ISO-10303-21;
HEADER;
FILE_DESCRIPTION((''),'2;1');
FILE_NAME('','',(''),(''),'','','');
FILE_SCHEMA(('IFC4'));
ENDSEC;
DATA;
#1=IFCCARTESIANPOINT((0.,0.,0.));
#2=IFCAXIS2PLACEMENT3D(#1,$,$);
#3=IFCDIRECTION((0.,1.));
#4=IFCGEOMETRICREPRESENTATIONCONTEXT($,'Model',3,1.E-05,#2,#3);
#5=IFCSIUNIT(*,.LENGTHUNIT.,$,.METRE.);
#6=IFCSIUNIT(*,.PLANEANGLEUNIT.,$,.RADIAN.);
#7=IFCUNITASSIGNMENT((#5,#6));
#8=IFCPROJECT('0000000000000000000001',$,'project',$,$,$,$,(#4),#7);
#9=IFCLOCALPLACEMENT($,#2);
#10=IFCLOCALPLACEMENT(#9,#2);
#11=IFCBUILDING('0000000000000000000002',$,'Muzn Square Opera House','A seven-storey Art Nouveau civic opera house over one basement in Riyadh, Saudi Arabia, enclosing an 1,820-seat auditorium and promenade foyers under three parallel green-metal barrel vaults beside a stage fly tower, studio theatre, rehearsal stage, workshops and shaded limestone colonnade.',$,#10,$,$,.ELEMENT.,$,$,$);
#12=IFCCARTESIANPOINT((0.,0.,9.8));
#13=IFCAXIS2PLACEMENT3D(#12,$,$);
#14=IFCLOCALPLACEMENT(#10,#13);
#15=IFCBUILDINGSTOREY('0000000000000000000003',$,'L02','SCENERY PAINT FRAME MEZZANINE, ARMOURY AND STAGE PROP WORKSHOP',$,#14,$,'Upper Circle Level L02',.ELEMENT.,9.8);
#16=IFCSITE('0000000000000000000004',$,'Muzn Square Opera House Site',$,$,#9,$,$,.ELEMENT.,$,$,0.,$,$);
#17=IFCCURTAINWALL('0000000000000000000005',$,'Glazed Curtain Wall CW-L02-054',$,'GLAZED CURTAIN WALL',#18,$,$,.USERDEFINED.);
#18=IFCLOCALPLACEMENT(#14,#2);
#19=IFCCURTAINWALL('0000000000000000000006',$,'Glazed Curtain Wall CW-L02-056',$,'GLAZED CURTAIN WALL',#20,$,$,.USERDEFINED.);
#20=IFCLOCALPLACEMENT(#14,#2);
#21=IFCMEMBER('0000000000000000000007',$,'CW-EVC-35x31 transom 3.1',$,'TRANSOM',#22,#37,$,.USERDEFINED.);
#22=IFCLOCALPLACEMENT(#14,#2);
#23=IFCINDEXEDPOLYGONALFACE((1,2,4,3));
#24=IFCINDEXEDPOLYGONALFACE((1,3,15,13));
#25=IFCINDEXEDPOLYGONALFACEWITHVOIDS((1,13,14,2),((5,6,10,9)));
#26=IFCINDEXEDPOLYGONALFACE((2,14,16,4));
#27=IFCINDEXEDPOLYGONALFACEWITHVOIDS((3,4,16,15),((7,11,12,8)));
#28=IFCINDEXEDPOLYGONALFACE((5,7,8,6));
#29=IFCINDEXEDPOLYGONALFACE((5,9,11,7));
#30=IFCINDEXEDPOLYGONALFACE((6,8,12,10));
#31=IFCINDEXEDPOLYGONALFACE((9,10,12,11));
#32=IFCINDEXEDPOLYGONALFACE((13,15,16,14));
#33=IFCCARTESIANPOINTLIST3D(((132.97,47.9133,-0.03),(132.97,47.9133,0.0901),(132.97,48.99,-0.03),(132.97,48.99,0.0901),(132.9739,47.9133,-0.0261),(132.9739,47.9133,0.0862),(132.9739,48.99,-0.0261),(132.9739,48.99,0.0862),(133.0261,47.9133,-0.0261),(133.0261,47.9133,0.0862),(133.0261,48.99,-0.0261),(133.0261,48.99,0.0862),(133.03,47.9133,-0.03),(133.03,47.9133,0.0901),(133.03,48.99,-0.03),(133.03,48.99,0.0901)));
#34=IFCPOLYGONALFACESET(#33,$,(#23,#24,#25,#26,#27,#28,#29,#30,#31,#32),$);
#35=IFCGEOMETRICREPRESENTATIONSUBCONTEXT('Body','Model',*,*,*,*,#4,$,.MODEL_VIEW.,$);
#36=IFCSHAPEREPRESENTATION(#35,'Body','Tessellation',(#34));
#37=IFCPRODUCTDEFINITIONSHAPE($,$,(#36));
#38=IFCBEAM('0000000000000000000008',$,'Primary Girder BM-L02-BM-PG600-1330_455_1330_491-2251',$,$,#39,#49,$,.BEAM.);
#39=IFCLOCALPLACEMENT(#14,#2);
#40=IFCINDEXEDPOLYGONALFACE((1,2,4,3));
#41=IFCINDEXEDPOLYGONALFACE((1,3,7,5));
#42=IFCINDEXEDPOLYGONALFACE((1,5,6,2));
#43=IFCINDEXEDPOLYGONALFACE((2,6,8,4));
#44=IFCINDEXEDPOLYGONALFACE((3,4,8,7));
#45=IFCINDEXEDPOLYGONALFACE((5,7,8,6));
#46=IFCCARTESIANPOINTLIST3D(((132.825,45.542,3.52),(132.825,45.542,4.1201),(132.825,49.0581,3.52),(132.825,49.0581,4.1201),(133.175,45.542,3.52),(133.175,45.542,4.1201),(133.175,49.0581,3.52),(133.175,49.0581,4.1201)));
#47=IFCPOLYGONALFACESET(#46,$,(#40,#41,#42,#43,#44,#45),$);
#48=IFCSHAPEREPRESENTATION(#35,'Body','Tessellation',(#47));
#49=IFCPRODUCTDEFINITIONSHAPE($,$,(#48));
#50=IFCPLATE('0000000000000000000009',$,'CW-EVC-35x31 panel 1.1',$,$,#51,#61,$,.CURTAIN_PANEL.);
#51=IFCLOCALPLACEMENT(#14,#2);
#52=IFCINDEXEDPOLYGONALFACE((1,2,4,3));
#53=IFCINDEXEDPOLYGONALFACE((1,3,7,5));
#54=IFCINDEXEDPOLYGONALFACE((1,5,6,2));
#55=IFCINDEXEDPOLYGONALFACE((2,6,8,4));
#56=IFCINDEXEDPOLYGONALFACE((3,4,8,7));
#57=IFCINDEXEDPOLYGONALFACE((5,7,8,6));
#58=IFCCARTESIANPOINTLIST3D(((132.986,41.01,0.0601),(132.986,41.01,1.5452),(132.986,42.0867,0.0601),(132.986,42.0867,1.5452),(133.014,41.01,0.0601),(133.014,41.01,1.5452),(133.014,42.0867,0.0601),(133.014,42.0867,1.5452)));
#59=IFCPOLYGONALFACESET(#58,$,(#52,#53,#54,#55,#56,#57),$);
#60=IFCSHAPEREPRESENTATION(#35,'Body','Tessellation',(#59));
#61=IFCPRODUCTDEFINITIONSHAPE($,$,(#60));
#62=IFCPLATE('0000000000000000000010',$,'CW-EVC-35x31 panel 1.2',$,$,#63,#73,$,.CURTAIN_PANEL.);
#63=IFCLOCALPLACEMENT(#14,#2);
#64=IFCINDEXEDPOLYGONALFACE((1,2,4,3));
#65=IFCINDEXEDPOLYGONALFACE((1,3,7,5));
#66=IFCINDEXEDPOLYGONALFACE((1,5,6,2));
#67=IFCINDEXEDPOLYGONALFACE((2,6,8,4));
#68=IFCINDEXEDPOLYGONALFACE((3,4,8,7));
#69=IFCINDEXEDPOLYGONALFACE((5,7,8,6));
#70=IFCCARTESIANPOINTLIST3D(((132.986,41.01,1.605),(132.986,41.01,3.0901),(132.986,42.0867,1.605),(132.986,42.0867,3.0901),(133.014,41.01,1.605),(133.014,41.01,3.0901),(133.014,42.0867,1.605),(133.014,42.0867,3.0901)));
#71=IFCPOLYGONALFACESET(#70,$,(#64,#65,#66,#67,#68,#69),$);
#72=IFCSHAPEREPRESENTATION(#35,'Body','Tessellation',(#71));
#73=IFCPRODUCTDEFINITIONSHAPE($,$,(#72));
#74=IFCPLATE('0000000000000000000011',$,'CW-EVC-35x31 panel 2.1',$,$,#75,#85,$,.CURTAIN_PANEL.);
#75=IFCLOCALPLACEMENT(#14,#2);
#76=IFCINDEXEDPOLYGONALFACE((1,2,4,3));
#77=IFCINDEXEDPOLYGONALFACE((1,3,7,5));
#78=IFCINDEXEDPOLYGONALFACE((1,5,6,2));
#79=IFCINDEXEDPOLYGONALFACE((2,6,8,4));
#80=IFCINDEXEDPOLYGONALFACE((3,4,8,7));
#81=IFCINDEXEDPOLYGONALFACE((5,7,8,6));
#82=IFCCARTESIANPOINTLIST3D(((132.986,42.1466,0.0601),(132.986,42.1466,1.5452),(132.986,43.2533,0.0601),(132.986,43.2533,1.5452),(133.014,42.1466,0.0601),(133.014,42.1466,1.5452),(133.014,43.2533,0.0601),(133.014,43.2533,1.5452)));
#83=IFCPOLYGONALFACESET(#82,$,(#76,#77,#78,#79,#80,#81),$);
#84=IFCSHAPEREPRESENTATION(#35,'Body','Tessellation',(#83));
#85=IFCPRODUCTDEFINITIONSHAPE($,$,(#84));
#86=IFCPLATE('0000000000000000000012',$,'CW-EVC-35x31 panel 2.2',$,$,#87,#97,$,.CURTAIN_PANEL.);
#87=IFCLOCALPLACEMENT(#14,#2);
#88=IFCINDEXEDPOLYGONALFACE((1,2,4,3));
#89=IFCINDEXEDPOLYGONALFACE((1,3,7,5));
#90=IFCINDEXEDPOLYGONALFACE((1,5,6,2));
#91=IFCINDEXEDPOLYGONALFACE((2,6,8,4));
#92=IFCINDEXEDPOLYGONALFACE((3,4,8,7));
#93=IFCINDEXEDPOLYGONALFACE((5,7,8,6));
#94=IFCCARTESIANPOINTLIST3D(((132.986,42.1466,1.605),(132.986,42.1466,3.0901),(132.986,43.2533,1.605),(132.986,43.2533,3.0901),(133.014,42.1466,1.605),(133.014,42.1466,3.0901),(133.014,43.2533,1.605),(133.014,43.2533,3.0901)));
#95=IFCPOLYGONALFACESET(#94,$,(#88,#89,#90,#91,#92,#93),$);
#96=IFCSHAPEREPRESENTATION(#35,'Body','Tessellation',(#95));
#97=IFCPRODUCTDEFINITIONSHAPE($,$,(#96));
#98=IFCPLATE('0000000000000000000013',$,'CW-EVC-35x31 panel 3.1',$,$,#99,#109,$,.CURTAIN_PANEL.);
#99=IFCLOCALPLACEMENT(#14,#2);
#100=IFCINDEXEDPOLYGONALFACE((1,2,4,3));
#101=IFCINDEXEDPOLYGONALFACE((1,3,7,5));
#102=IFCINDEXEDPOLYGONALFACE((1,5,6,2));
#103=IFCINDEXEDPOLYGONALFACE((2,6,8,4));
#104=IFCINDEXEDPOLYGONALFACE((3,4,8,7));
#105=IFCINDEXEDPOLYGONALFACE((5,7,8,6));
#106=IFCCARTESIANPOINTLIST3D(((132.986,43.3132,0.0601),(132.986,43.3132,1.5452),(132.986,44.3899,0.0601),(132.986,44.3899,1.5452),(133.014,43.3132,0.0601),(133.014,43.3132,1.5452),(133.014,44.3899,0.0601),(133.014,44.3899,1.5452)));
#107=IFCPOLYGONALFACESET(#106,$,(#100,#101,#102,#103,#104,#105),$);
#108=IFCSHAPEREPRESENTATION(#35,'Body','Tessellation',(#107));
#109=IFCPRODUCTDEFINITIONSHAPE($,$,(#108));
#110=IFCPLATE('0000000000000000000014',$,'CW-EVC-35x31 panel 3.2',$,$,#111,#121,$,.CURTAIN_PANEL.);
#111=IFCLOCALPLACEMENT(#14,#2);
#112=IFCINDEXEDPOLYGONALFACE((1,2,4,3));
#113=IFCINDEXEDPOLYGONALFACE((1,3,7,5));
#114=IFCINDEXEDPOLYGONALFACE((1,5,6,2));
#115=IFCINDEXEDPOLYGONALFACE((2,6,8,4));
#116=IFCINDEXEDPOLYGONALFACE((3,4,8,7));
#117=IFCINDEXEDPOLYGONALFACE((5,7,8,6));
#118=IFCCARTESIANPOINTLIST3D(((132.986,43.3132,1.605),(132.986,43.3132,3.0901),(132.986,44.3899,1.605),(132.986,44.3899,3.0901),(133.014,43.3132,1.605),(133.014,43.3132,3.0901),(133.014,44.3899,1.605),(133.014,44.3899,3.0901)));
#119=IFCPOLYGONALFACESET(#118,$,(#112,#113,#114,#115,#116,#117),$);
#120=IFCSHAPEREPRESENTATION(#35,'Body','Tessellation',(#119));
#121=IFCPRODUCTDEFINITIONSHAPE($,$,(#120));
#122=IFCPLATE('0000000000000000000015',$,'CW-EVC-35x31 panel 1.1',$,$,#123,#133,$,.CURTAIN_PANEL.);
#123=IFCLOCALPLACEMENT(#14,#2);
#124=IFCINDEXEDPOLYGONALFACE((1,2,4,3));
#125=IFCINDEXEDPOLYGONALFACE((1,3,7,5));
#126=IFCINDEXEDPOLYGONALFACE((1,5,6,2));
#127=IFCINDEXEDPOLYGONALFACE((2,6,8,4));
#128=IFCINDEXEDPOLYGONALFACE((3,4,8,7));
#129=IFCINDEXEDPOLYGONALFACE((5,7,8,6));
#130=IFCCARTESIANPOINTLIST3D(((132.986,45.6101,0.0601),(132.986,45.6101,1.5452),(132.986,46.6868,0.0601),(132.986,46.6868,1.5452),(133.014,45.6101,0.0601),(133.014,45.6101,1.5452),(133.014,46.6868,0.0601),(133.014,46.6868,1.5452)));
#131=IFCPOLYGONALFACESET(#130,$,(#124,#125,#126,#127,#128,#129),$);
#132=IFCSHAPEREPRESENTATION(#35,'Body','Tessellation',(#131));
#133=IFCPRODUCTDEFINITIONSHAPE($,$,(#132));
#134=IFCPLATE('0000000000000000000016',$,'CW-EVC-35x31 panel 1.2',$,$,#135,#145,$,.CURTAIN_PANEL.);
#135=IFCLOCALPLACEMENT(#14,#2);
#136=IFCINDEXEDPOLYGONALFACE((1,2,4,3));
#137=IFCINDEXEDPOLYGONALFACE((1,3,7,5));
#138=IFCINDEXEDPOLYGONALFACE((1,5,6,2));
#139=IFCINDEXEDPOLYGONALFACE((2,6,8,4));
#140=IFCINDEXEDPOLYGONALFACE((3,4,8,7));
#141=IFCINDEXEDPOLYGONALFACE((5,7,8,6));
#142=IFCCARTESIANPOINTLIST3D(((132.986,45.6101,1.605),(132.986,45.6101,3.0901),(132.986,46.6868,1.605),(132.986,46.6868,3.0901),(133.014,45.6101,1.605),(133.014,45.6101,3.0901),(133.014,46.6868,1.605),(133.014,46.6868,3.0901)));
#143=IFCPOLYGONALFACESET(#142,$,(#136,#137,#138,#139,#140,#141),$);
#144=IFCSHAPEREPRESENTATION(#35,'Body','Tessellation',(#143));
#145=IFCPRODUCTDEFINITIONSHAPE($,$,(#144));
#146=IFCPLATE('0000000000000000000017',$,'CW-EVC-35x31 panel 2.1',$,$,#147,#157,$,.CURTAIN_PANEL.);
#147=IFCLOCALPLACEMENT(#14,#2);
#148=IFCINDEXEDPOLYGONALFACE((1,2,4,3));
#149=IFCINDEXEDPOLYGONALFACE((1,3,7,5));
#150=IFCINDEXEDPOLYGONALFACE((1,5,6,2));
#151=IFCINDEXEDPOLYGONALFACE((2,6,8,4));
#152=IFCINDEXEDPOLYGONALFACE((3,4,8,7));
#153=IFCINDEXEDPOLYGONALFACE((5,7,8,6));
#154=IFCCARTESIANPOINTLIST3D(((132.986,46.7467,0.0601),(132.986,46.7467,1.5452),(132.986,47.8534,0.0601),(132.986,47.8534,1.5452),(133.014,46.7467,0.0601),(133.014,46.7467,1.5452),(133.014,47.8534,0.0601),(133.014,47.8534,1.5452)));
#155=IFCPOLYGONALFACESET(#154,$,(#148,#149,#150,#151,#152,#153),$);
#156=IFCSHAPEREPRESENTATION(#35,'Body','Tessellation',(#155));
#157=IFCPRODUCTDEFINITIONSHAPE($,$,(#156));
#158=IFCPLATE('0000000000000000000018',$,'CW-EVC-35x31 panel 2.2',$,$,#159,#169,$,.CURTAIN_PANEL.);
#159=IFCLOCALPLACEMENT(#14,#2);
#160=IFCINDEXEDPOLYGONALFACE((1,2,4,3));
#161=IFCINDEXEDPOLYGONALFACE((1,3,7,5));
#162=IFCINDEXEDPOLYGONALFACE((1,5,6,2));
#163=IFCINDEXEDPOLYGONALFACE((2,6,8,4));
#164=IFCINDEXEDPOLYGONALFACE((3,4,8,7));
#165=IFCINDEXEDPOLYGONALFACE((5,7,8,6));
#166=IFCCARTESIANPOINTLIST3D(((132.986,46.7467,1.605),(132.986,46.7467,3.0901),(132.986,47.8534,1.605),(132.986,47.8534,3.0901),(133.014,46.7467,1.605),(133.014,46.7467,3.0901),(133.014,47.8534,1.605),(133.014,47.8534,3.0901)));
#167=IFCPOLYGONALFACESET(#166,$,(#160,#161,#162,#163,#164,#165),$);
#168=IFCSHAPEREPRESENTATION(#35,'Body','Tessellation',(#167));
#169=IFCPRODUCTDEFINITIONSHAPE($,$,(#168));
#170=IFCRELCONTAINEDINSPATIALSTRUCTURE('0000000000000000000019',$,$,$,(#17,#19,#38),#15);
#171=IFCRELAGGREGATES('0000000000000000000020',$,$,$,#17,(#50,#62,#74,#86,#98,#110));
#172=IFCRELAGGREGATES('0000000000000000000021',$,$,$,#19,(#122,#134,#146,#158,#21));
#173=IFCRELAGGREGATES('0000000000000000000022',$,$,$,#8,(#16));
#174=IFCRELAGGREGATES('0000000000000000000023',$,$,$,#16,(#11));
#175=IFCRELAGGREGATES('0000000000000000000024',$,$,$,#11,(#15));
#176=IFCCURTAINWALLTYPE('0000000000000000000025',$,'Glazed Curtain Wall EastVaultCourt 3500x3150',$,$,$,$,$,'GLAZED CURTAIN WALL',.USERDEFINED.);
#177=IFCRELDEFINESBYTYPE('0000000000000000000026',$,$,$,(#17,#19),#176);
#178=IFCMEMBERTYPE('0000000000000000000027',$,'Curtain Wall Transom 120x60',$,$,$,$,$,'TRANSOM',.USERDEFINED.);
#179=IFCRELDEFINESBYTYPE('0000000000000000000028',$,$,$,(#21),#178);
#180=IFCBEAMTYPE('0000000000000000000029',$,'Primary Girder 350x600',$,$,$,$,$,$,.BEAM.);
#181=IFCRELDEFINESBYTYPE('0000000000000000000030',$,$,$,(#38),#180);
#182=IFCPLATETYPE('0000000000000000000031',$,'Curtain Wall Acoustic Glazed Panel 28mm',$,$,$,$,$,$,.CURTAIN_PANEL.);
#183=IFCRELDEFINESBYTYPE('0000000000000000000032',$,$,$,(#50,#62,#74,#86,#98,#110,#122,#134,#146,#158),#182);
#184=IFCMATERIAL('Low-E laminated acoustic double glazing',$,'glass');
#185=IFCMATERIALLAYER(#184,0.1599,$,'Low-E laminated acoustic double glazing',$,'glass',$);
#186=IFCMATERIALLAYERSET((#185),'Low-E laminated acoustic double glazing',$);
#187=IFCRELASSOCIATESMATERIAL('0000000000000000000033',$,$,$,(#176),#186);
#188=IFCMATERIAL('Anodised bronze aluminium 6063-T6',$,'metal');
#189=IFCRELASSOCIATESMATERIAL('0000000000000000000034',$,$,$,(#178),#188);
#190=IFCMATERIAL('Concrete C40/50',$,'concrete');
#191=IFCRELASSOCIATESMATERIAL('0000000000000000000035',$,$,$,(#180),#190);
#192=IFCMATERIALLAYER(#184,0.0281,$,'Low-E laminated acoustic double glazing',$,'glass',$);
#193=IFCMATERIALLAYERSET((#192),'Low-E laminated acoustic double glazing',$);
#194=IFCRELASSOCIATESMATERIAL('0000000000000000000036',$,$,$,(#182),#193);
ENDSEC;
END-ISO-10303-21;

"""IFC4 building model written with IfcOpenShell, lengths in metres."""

from ifc_helpers import new_model, si_unit, direction, frame, origin, origin_2d, place, context, subcontext, project, spatial, rectangle, hollow_rectangle, extrude, material, layer, layer_set, material_profile, profile_set, type_object, element, aggregate, save


model = new_model("IFC4")

# Units and contexts
model_context = context("Model", 3, precision=1e-05, world=origin(), true_north=direction((0.0, 1.0)))
body_context = subcontext(model_context, "Body", "Model", "MODEL_VIEW")
ifc_project = project(units=[si_unit("LENGTHUNIT", "METRE"), si_unit("PLANEANGLEUNIT", "RADIAN")], contexts=[model_context])

# Site, building, storey
site_placement = place(None, origin())
site = spatial("IfcSite", under=ifc_project, at=site_placement, Name="Muzn Square Opera House Site", CompositionType="ELEMENT", RefElevation=0.0)
building_placement = place(site_placement, origin())
building = spatial("IfcBuilding", under=site, at=building_placement, Name="Muzn Square Opera House", Description="A seven-storey Art Nouveau civic opera house over one basement in Riyadh, Saudi Arabia, enclosing an 1,820-seat auditorium and promenade foyers under three parallel green-metal barrel vaults beside a stage fly tower, studio theatre, rehearsal stage, workshops and shaded limestone colonnade.", CompositionType="ELEMENT")
storey_placement = place(building_placement, frame((0.0, 0.0, 9.8)))
storey = spatial("IfcBuildingStorey", under=building, at=storey_placement, Name="L02", Description="SCENERY PAINT FRAME MEZZANINE, ARMOURY AND STAGE PROP WORKSHOP", LongName="Upper Circle Level L02", CompositionType="ELEMENT", Elevation=9.8)

# Curtain walls
ifc_material_1 = material(Name="Low-E laminated acoustic double glazing", Category="glass")
ifc_layer_1 = layer(ifc_material_1, 0.1599, Name="Low-E laminated acoustic double glazing", Category="glass")
ifc_layer_set_1 = layer_set([ifc_layer_1], Name="Low-E laminated acoustic double glazing")
curtain_wall_type = type_object("IfcCurtainWallType", Name="Glazed Curtain Wall EastVaultCourt 3500x3150", ElementType="GLAZED CURTAIN WALL", PredefinedType="USERDEFINED", material=ifc_layer_set_1)
curtain_wall_1_placement = place(storey_placement, origin())
curtain_wall_1 = element("IfcCurtainWall", 1, at=curtain_wall_1_placement, inside=storey, type_object=curtain_wall_type, Name="Glazed Curtain Wall CW-L02-054", ObjectType="GLAZED CURTAIN WALL", PredefinedType="USERDEFINED")
ifc_material_2 = material(Name="Anodised bronze aluminium 6063-T6", Category="metal")
curtain_wall_2_placement = place(storey_placement, origin())
curtain_wall_2 = element("IfcCurtainWall", 2, at=curtain_wall_2_placement, inside=storey, type_object=curtain_wall_type, Name="Glazed Curtain Wall CW-L02-056", ObjectType="GLAZED CURTAIN WALL", PredefinedType="USERDEFINED")

# Member
ifc_material_profile_1 = material_profile(ifc_material_2, hollow_rectangle(XDim=0.0601, YDim=0.1201, WallThickness=0.0039, at=origin_2d()), Name="ALU 120x60x4", Category="metal")
ifc_profile_set_1 = profile_set([ifc_material_profile_1], Name="Anodised bronze aluminium 6063-T6")
member_type_1 = type_object("IfcMemberType", Name="Curtain Wall Transom 120x60", ElementType="TRANSOM", PredefinedType="USERDEFINED", material=ifc_profile_set_1)
member_1_placement = place(storey_placement, frame((133.0, 47.9133, 0.03), z_axis=(0.0, 1.0, 0.0), x_axis=(-1.0, 0.0, 0.0)))
member_1 = element("IfcMember", 3, at=member_1_placement, type_object=member_type_1, Name="CW-EVC-35x31 transom 3.1", ObjectType="TRANSOM", PredefinedType="USERDEFINED", context=body_context, shape_type="SweptSolid", body=[
    extrude(hollow_rectangle(XDim=0.0601, YDim=0.1201, WallThickness=0.0039, at=origin_2d()), origin(), (0.0, 0.0, 1.0), 1.0767),
])

# Beam
ifc_material_3 = material(Name="Concrete C40/50", Category="concrete")
ifc_material_profile_2 = material_profile(ifc_material_3, rectangle(XDim=0.3501, YDim=0.6001, at=origin_2d()), Name="RCB 350x600", Category="concrete")
ifc_profile_set_2 = profile_set([ifc_material_profile_2], Name="Concrete C40/50")
beam_type = type_object("IfcBeamType", Name="Primary Girder 350x600", PredefinedType="BEAM", material=ifc_profile_set_2)
beam_placement = place(storey_placement, frame((133.0, 45.542, 3.8201), z_axis=(0.0, 1.0, 0.0), x_axis=(-1.0, 0.0, 0.0)))
element("IfcBeam", 4, at=beam_placement, inside=storey, type_object=beam_type, Name="Primary Girder BM-L02-BM-PG600-1330_455_1330_491-2251", PredefinedType="BEAM", context=body_context, shape_type="SweptSolid", body=[
    extrude(rectangle(XDim=0.3501, YDim=0.6001, at=origin_2d()), origin(), (0.0, 0.0, 1.0), 3.5161),
])

# Plates
ifc_layer_2 = layer(ifc_material_1, 0.0281, Name="Low-E laminated acoustic double glazing", Category="glass")
ifc_layer_set_2 = layer_set([ifc_layer_2], Name="Low-E laminated acoustic double glazing")
plate_type = type_object("IfcPlateType", Name="Curtain Wall Acoustic Glazed Panel 28mm", PredefinedType="CURTAIN_PANEL", material=ifc_layer_set_2)
plate_1_placement = place(storey_placement, frame((133.0, 41.5483, 0.0601), z_axis=(0.0, 0.0, 1.0), x_axis=(0.0, 1.0, 0.0)))
plate_1 = element("IfcPlate", 5, at=plate_1_placement, type_object=plate_type, Name="CW-EVC-35x31 panel 1.1", PredefinedType="CURTAIN_PANEL", context=body_context, shape_type="SweptSolid", body=[
    extrude(rectangle(XDim=1.0767, YDim=0.0281, at=origin_2d()), origin(), (0.0, 0.0, 1.0), 1.4851),
])
plate_2_placement = place(storey_placement, frame((133.0, 41.5483, 1.605), z_axis=(0.0, 0.0, 1.0), x_axis=(0.0, 1.0, 0.0)))
plate_2 = element("IfcPlate", 6, at=plate_2_placement, type_object=plate_type, Name="CW-EVC-35x31 panel 1.2", PredefinedType="CURTAIN_PANEL", context=body_context, shape_type="SweptSolid", body=[
    extrude(rectangle(XDim=1.0767, YDim=0.0281, at=origin_2d()), origin(), (0.0, 0.0, 1.0), 1.4851),
])
plate_3_placement = place(storey_placement, frame((133.0, 42.7, 0.0601), z_axis=(0.0, 0.0, 1.0), x_axis=(0.0, 1.0, 0.0)))
plate_3 = element("IfcPlate", 7, at=plate_3_placement, type_object=plate_type, Name="CW-EVC-35x31 panel 2.1", PredefinedType="CURTAIN_PANEL", context=body_context, shape_type="SweptSolid", body=[
    extrude(rectangle(XDim=1.1067, YDim=0.0281, at=origin_2d()), origin(), (0.0, 0.0, 1.0), 1.4851),
])
plate_4_placement = place(storey_placement, frame((133.0, 42.7, 1.605), z_axis=(0.0, 0.0, 1.0), x_axis=(0.0, 1.0, 0.0)))
plate_4 = element("IfcPlate", 8, at=plate_4_placement, type_object=plate_type, Name="CW-EVC-35x31 panel 2.2", PredefinedType="CURTAIN_PANEL", context=body_context, shape_type="SweptSolid", body=[
    extrude(rectangle(XDim=1.1067, YDim=0.0281, at=origin_2d()), origin(), (0.0, 0.0, 1.0), 1.4851),
])
plate_5_placement = place(storey_placement, frame((133.0, 43.8516, 0.0601), z_axis=(0.0, 0.0, 1.0), x_axis=(0.0, 1.0, 0.0)))
plate_5 = element("IfcPlate", 9, at=plate_5_placement, type_object=plate_type, Name="CW-EVC-35x31 panel 3.1", PredefinedType="CURTAIN_PANEL", context=body_context, shape_type="SweptSolid", body=[
    extrude(rectangle(XDim=1.0767, YDim=0.0281, at=origin_2d()), origin(), (0.0, 0.0, 1.0), 1.4851),
])
plate_6_placement = place(storey_placement, frame((133.0, 43.8516, 1.605), z_axis=(0.0, 0.0, 1.0), x_axis=(0.0, 1.0, 0.0)))
plate_6 = element("IfcPlate", 10, at=plate_6_placement, type_object=plate_type, Name="CW-EVC-35x31 panel 3.2", PredefinedType="CURTAIN_PANEL", context=body_context, shape_type="SweptSolid", body=[
    extrude(rectangle(XDim=1.0767, YDim=0.0281, at=origin_2d()), origin(), (0.0, 0.0, 1.0), 1.4851),
])
aggregate(curtain_wall_1, [plate_1, plate_2, plate_3, plate_4, plate_5, plate_6])
plate_7_placement = place(storey_placement, frame((133.0, 46.1484, 0.0601), z_axis=(0.0, 0.0, 1.0), x_axis=(0.0, 1.0, 0.0)))
plate_7 = element("IfcPlate", 11, at=plate_7_placement, type_object=plate_type, Name="CW-EVC-35x31 panel 1.1", PredefinedType="CURTAIN_PANEL", context=body_context, shape_type="SweptSolid", body=[
    extrude(rectangle(XDim=1.0767, YDim=0.0281, at=origin_2d()), origin(), (0.0, 0.0, 1.0), 1.4851),
])
plate_8_placement = place(storey_placement, frame((133.0, 46.1484, 1.605), z_axis=(0.0, 0.0, 1.0), x_axis=(0.0, 1.0, 0.0)))
plate_8 = element("IfcPlate", 12, at=plate_8_placement, type_object=plate_type, Name="CW-EVC-35x31 panel 1.2", PredefinedType="CURTAIN_PANEL", context=body_context, shape_type="SweptSolid", body=[
    extrude(rectangle(XDim=1.0767, YDim=0.0281, at=origin_2d()), origin(), (0.0, 0.0, 1.0), 1.4851),
])
plate_9_placement = place(storey_placement, frame((133.0, 47.3, 0.0601), z_axis=(0.0, 0.0, 1.0), x_axis=(0.0, 1.0, 0.0)))
plate_9 = element("IfcPlate", 13, at=plate_9_placement, type_object=plate_type, Name="CW-EVC-35x31 panel 2.1", PredefinedType="CURTAIN_PANEL", context=body_context, shape_type="SweptSolid", body=[
    extrude(rectangle(XDim=1.1067, YDim=0.0281, at=origin_2d()), origin(), (0.0, 0.0, 1.0), 1.4851),
])
plate_10_placement = place(storey_placement, frame((133.0, 47.3, 1.605), z_axis=(0.0, 0.0, 1.0), x_axis=(0.0, 1.0, 0.0)))
plate_10 = element("IfcPlate", 14, at=plate_10_placement, type_object=plate_type, Name="CW-EVC-35x31 panel 2.2", PredefinedType="CURTAIN_PANEL", context=body_context, shape_type="SweptSolid", body=[
    extrude(rectangle(XDim=1.1067, YDim=0.0281, at=origin_2d()), origin(), (0.0, 0.0, 1.0), 1.4851),
])
aggregate(curtain_wall_2, [plate_7, plate_8, plate_9, plate_10, member_1])

save(model, "model.ifc")
